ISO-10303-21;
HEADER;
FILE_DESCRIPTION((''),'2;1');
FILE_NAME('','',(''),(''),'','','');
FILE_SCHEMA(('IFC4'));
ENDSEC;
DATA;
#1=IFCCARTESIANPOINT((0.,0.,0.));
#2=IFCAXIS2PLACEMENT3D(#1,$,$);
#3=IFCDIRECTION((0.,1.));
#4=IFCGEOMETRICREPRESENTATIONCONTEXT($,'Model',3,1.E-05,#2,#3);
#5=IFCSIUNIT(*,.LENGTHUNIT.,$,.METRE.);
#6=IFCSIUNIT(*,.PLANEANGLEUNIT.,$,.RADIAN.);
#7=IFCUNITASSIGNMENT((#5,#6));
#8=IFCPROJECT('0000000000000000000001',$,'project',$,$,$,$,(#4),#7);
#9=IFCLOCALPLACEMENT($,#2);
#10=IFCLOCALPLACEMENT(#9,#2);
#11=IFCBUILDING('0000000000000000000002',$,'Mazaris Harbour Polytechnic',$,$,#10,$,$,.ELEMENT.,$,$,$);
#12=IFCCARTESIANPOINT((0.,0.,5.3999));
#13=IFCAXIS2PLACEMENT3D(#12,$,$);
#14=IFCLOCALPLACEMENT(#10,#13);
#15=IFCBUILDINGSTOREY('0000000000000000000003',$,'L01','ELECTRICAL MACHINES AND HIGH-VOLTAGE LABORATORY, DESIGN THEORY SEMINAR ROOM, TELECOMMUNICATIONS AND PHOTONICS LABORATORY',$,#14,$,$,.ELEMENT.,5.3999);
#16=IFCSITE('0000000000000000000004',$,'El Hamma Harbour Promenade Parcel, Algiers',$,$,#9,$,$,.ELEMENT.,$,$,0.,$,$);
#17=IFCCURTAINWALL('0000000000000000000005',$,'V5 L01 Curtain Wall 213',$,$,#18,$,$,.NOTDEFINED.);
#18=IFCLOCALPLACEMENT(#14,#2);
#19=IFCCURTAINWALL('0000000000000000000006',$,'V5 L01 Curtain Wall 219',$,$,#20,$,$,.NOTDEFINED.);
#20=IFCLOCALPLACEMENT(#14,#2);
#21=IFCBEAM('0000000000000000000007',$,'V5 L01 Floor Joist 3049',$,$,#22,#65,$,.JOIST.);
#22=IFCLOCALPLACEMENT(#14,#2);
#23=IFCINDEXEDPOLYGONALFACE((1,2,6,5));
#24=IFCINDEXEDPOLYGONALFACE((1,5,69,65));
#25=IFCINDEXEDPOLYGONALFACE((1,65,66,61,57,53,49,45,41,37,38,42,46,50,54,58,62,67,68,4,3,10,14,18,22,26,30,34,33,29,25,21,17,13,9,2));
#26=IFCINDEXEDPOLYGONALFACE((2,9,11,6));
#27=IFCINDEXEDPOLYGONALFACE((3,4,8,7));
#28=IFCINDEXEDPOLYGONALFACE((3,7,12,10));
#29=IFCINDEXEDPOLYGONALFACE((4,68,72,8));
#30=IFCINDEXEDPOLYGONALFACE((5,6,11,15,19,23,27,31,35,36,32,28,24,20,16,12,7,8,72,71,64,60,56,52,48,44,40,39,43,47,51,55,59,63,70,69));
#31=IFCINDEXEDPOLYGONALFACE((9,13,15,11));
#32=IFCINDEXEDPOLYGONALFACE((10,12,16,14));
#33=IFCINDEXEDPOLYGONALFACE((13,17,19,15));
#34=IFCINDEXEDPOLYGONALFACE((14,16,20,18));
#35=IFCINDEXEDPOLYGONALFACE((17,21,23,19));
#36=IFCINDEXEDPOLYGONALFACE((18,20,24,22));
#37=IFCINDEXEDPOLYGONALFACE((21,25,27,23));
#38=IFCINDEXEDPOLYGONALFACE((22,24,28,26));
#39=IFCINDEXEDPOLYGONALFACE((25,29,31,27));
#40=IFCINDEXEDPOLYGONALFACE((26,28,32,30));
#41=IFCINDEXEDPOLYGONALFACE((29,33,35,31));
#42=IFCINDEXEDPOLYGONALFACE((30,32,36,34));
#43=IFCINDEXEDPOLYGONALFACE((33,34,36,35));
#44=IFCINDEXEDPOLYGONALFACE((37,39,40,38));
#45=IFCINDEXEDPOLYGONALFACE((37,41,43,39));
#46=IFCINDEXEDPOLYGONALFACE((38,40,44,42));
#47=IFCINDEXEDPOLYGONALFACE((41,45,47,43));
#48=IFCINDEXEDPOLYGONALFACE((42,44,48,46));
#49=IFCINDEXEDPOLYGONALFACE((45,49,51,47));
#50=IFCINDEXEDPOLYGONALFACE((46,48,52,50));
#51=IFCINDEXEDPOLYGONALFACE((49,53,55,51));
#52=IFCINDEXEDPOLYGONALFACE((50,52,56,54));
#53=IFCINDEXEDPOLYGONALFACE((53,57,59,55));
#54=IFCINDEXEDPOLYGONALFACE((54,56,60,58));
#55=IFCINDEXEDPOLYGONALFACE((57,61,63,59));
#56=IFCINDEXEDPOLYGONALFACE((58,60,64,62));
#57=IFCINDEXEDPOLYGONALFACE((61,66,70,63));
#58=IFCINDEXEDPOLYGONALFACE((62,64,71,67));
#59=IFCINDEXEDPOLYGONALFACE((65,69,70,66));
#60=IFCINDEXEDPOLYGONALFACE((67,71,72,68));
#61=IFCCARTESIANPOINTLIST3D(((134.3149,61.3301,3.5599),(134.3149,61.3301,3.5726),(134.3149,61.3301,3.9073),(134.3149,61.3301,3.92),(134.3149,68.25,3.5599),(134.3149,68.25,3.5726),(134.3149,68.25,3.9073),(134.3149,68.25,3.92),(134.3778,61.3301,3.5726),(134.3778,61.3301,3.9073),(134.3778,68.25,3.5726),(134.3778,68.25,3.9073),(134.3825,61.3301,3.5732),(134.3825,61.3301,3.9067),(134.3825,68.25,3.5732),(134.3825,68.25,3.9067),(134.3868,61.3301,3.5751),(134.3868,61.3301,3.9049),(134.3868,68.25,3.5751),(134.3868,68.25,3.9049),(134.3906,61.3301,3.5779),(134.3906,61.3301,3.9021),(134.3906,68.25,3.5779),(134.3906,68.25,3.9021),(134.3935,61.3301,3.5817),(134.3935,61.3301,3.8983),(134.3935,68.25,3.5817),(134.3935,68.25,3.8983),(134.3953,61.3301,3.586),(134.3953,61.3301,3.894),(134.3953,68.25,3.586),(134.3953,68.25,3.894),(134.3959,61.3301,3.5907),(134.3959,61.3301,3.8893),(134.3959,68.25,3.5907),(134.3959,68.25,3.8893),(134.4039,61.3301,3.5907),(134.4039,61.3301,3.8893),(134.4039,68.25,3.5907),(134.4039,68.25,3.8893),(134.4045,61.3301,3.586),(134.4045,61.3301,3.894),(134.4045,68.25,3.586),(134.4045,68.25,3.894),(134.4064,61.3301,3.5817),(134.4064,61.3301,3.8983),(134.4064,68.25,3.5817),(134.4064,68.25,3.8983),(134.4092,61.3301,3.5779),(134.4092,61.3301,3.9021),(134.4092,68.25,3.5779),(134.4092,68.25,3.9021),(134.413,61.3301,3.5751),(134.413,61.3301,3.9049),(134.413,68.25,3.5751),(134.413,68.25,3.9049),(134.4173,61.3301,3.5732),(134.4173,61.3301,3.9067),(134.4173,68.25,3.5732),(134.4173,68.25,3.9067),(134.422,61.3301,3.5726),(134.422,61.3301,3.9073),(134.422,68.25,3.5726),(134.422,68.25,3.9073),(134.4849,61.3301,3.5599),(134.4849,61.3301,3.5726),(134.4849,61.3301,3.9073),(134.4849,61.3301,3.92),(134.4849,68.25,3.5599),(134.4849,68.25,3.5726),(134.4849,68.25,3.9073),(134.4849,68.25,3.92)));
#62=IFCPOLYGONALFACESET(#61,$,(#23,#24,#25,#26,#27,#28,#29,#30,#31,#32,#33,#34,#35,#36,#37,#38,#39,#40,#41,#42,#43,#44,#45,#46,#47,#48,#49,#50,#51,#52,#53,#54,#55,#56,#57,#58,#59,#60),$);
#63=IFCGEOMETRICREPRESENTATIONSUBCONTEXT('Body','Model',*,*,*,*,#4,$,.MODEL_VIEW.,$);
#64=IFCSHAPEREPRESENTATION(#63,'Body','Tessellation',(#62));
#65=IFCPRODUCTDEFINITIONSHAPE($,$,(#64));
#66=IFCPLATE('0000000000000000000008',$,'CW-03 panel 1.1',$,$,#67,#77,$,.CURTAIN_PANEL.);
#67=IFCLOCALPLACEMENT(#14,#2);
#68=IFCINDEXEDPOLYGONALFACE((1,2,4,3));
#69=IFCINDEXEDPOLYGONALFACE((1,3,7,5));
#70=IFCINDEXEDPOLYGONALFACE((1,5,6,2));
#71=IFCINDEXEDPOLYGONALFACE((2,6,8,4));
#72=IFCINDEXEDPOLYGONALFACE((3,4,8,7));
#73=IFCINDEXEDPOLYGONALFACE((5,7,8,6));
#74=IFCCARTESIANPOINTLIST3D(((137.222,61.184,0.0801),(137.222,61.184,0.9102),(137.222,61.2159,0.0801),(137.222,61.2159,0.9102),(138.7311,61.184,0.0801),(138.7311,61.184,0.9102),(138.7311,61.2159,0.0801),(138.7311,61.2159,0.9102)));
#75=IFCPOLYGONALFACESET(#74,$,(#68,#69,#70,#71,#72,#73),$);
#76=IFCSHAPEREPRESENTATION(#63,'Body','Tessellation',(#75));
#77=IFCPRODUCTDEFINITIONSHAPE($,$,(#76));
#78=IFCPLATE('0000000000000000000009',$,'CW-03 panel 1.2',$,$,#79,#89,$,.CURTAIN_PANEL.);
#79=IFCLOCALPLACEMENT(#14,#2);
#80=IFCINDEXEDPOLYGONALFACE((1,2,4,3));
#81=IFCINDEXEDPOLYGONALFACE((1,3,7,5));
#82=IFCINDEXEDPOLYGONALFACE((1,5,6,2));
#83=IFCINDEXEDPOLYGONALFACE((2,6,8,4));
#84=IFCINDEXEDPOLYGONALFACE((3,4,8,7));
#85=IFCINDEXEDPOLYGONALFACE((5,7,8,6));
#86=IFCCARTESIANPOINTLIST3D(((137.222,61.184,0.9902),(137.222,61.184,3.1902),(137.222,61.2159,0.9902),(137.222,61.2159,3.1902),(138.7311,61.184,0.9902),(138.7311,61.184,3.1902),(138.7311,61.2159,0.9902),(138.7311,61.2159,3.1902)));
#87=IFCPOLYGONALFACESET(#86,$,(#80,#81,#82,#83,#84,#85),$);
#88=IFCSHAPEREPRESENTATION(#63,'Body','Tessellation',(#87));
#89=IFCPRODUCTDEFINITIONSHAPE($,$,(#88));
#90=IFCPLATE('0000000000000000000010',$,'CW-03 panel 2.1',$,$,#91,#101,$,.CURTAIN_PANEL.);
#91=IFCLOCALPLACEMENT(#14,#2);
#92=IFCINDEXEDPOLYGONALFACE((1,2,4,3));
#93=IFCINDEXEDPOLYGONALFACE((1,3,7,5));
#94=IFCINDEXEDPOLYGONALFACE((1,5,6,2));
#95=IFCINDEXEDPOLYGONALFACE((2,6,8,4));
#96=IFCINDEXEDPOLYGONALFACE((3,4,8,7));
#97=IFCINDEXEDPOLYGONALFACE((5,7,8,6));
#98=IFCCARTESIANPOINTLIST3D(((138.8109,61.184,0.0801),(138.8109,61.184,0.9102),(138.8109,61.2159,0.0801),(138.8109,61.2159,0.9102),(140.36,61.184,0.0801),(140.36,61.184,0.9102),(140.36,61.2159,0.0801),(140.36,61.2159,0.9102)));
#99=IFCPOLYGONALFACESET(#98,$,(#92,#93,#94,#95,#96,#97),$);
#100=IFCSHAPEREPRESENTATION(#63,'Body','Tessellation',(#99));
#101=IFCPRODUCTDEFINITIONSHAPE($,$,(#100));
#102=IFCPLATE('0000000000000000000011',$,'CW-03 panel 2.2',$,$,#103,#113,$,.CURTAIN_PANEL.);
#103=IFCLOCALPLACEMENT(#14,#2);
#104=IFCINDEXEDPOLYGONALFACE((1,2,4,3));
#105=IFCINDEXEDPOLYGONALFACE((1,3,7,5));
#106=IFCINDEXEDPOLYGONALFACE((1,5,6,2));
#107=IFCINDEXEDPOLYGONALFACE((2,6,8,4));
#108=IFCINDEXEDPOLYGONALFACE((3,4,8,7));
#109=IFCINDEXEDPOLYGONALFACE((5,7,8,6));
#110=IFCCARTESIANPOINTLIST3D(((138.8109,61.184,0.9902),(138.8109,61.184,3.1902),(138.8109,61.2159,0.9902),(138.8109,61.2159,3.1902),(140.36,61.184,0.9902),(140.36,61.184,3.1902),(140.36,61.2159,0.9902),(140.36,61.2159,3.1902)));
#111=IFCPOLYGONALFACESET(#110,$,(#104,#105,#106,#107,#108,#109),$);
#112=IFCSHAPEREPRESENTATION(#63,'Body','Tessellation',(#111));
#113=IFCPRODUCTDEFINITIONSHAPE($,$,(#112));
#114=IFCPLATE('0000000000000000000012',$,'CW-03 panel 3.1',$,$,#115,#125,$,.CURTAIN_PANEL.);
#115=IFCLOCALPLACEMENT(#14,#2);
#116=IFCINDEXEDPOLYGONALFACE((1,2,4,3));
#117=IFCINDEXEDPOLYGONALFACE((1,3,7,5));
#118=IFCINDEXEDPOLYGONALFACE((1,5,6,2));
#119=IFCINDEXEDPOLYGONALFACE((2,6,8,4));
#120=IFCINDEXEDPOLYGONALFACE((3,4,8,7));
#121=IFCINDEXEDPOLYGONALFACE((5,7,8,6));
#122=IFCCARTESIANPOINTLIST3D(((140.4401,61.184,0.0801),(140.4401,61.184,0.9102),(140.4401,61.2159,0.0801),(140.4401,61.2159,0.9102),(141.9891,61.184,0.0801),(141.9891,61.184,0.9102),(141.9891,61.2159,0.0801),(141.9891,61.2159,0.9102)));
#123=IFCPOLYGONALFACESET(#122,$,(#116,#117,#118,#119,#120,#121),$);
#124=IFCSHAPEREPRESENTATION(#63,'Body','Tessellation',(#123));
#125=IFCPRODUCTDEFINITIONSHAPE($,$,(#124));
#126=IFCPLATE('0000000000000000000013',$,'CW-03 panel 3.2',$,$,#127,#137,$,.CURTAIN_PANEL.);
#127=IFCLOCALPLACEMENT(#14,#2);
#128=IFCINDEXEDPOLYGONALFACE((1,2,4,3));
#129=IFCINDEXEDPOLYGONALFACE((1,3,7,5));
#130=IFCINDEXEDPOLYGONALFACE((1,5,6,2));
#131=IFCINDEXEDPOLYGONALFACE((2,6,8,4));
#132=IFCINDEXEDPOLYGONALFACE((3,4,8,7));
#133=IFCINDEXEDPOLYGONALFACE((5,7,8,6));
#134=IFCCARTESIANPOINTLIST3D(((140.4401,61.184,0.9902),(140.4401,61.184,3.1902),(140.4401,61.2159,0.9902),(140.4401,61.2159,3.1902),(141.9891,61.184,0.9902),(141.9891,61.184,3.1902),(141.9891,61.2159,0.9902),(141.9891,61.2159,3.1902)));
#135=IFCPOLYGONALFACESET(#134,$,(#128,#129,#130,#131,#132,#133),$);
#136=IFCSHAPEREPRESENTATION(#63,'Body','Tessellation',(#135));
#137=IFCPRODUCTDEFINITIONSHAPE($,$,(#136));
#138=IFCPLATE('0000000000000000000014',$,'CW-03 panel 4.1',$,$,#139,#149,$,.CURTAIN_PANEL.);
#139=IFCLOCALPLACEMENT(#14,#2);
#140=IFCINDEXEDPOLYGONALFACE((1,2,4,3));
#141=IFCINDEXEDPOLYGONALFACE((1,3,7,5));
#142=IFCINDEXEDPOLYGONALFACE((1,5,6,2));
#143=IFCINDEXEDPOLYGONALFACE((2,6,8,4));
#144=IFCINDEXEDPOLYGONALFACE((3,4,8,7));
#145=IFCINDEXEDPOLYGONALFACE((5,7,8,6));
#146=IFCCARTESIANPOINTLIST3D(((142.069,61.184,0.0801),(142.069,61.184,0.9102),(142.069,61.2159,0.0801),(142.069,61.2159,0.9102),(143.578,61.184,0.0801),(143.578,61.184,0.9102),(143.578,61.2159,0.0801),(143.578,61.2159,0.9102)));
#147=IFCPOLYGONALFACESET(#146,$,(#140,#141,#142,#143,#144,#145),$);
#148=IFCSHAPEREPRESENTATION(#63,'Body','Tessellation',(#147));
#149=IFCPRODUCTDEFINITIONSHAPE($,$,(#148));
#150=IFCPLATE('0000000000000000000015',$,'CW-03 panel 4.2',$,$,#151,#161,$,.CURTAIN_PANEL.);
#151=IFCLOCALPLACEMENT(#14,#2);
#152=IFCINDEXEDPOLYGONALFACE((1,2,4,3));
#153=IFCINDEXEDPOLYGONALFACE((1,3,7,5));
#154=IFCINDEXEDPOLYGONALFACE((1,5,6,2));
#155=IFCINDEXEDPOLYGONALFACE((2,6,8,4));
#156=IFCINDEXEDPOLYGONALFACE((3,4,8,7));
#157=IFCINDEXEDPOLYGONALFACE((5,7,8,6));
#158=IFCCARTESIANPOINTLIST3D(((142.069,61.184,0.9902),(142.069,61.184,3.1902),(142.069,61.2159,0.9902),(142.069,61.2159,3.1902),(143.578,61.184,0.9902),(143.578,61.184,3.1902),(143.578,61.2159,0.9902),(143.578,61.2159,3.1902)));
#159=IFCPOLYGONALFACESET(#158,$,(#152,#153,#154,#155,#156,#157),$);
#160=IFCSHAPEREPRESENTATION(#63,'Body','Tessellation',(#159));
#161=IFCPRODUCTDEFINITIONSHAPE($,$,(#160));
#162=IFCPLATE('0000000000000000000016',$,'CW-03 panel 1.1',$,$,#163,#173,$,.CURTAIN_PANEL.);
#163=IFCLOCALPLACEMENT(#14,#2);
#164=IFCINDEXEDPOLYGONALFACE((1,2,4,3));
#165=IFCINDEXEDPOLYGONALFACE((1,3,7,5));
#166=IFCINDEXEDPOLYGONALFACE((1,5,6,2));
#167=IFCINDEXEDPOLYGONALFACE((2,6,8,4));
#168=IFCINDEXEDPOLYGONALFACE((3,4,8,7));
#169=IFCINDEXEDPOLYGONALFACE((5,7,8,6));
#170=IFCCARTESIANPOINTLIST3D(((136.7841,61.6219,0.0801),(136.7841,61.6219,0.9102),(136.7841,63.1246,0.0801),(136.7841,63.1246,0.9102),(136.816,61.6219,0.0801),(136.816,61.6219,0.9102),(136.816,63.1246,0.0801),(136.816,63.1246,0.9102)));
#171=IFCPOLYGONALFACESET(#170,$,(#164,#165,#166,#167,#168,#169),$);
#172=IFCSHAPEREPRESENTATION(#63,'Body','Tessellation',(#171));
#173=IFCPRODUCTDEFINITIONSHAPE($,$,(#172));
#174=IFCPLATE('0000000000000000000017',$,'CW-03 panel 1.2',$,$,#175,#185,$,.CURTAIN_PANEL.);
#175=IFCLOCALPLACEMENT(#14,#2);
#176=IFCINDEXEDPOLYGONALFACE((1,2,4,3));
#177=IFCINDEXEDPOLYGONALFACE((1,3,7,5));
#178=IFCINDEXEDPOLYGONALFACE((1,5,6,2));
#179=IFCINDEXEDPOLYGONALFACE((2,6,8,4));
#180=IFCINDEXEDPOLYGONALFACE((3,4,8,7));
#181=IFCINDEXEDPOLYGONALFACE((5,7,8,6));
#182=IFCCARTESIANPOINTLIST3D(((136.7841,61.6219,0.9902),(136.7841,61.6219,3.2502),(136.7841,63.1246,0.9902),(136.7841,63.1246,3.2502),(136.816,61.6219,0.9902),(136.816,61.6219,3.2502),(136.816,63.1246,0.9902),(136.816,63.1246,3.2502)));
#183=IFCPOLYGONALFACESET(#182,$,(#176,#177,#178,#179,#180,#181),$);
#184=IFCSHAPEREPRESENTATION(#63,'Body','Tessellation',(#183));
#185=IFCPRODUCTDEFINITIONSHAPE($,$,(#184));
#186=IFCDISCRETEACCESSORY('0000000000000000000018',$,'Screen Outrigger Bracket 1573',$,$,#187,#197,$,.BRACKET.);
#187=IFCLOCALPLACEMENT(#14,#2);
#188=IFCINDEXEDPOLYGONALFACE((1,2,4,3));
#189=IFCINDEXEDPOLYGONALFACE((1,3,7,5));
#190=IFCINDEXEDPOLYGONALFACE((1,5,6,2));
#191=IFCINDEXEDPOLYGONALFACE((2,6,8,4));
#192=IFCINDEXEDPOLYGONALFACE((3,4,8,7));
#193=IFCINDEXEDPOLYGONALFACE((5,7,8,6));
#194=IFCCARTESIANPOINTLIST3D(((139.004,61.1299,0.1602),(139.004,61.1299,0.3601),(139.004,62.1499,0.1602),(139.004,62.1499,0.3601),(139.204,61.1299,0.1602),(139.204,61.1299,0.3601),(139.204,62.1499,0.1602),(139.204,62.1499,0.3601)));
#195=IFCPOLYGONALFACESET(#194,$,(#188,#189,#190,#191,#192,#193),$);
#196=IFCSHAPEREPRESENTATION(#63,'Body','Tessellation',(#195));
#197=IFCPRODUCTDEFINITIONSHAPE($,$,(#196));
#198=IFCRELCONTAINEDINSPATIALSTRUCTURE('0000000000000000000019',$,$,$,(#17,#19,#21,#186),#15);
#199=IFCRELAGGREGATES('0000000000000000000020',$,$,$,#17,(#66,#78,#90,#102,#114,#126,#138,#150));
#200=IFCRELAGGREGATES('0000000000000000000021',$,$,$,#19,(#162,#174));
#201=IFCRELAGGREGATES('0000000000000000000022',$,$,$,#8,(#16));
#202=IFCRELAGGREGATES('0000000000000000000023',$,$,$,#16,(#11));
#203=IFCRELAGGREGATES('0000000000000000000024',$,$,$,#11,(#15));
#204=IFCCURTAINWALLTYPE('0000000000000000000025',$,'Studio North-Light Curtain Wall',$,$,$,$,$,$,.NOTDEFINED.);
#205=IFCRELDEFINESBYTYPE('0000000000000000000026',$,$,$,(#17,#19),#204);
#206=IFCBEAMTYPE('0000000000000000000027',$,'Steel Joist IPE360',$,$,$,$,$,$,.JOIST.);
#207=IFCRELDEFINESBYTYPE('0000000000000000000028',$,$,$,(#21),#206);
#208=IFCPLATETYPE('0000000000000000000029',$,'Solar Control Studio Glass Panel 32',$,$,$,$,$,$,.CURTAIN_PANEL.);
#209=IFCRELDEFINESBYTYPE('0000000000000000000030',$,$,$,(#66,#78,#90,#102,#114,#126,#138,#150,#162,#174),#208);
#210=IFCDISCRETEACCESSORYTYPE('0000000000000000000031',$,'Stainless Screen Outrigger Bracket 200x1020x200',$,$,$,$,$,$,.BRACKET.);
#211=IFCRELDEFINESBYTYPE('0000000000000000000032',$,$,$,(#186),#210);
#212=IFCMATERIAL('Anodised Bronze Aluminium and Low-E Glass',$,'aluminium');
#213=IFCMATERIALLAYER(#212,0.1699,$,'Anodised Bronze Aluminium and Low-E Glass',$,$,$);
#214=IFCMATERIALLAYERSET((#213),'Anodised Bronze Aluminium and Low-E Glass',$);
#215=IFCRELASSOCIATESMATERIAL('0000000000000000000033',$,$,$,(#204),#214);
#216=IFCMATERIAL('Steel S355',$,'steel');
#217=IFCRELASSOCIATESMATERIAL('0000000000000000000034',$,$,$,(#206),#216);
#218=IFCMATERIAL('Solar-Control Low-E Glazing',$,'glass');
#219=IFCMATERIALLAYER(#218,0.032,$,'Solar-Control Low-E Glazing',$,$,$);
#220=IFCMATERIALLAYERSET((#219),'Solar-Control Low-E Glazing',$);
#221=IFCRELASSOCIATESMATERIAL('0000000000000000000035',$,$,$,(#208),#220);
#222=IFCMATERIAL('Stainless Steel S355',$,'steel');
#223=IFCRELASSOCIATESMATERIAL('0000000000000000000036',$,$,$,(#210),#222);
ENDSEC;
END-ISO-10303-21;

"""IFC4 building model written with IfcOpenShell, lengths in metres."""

from ifc_helpers import new_model, si_unit, direction, frame, origin, origin_2d, place, context, subcontext, project, spatial, rectangle, i_section, extrude, material, layer, layer_set, material_profile, profile_set, type_object, element, aggregate, save


model = new_model("IFC4")

# Units and contexts
model_context = context("Model", 3, precision=1e-05, world=origin(), true_north=direction((0.0, 1.0)))
body_context = subcontext(model_context, "Body", "Model", "MODEL_VIEW")
ifc_project = project(units=[si_unit("LENGTHUNIT", "METRE"), si_unit("PLANEANGLEUNIT", "RADIAN")], contexts=[model_context])

# Site, building, storey
site_placement = place(None, origin())
site = spatial("IfcSite", under=ifc_project, at=site_placement, Name="El Hamma Harbour Promenade Parcel, Algiers", CompositionType="ELEMENT", RefElevation=0.0)
building_placement = place(site_placement, origin())
building = spatial("IfcBuilding", under=site, at=building_placement, Name="Mazaris Harbour Polytechnic", CompositionType="ELEMENT")
storey_placement = place(building_placement, frame((0.0, 0.0, 5.3999)))
storey = spatial("IfcBuildingStorey", under=building, at=storey_placement, Name="L01", Description="ELECTRICAL MACHINES AND HIGH-VOLTAGE LABORATORY, DESIGN THEORY SEMINAR ROOM, TELECOMMUNICATIONS AND PHOTONICS LABORATORY", CompositionType="ELEMENT", Elevation=5.3999)

# Curtain wall
ifc_material_1 = material(Name="Anodised Bronze Aluminium and Low-E Glass", Category="aluminium")
ifc_layer_1 = layer(ifc_material_1, 0.1699, Name="Anodised Bronze Aluminium and Low-E Glass")
ifc_layer_set_1 = layer_set([ifc_layer_1], Name="Anodised Bronze Aluminium and Low-E Glass")
curtain_wall_type = type_object("IfcCurtainWallType", Name="Studio North-Light Curtain Wall", PredefinedType="NOTDEFINED", material=ifc_layer_set_1)
curtain_wall_1_placement = place(storey_placement, origin())
curtain_wall_1 = element("IfcCurtainWall", 1, at=curtain_wall_1_placement, inside=storey, type_object=curtain_wall_type, Name="V5 L01 Curtain Wall 213", PredefinedType="NOTDEFINED")

# Curtain wall
curtain_wall_2_placement = place(storey_placement, origin())
curtain_wall_2 = element("IfcCurtainWall", 2, at=curtain_wall_2_placement, inside=storey, type_object=curtain_wall_type, Name="V5 L01 Curtain Wall 219", PredefinedType="NOTDEFINED")

# Beam
ifc_material_2 = material(Name="Steel S355", Category="steel")
ifc_material_profile_1 = material_profile(ifc_material_2, i_section(OverallWidth=0.1699, OverallDepth=0.3601, WebThickness=0.0081, FlangeThickness=0.0127, FilletRadius=0.0181, at=origin_2d()), Name="IPE 360")
ifc_profile_set_1 = profile_set([ifc_material_profile_1], Name="Steel S355")
beam_type = type_object("IfcBeamType", Name="Steel Joist IPE360", PredefinedType="JOIST", material=ifc_profile_set_1)
beam_placement = place(storey_placement, frame((134.3999, 61.3301, 3.74), z_axis=(0.0, 1.0, 0.0), x_axis=(-1.0, 0.0, 0.0)))
element("IfcBeam", 3, at=beam_placement, inside=storey, type_object=beam_type, Name="V5 L01 Floor Joist 3049", PredefinedType="JOIST", context=body_context, shape_type="SweptSolid", body=[
    extrude(i_section(OverallWidth=0.1699, OverallDepth=0.3601, WebThickness=0.0081, FlangeThickness=0.0127, FilletRadius=0.0181, at=origin_2d()), origin(), (0.0, 0.0, 1.0), 6.9199),
])

# Plates
ifc_material_3 = material(Name="Solar-Control Low-E Glazing", Category="glass")
ifc_layer_2 = layer(ifc_material_3, 0.032, Name="Solar-Control Low-E Glazing")
ifc_layer_set_2 = layer_set([ifc_layer_2], Name="Solar-Control Low-E Glazing")
plate_type = type_object("IfcPlateType", Name="Solar Control Studio Glass Panel 32", PredefinedType="CURTAIN_PANEL", material=ifc_layer_set_2)
plate_1_placement = place(storey_placement, frame((137.9766, 61.2, 0.0801), z_axis=(0.0, 0.0, 1.0), x_axis=(1.0, 0.0, 0.0)))
plate_1 = element("IfcPlate", 4, at=plate_1_placement, type_object=plate_type, Name="CW-03 panel 1.1", PredefinedType="CURTAIN_PANEL", context=body_context, shape_type="SweptSolid", body=[
    extrude(rectangle(XDim=1.509, YDim=0.032, at=origin_2d()), origin(), (0.0, 0.0, 1.0), 0.8301),
])
plate_2_placement = place(storey_placement, frame((137.9766, 61.2, 0.9902), z_axis=(0.0, 0.0, 1.0), x_axis=(1.0, 0.0, 0.0)))
plate_2 = element("IfcPlate", 5, at=plate_2_placement, type_object=plate_type, Name="CW-03 panel 1.2", PredefinedType="CURTAIN_PANEL", context=body_context, shape_type="SweptSolid", body=[
    extrude(rectangle(XDim=1.509, YDim=0.032, at=origin_2d()), origin(), (0.0, 0.0, 1.0), 2.2),
])
plate_3_placement = place(storey_placement, frame((139.5854, 61.2, 0.0801), z_axis=(0.0, 0.0, 1.0), x_axis=(1.0, 0.0, 0.0)))
plate_3 = element("IfcPlate", 6, at=plate_3_placement, type_object=plate_type, Name="CW-03 panel 2.1", PredefinedType="CURTAIN_PANEL", context=body_context, shape_type="SweptSolid", body=[
    extrude(rectangle(XDim=1.5491, YDim=0.032, at=origin_2d()), origin(), (0.0, 0.0, 1.0), 0.8301),
])
plate_4_placement = place(storey_placement, frame((139.5854, 61.2, 0.9902), z_axis=(0.0, 0.0, 1.0), x_axis=(1.0, 0.0, 0.0)))
plate_4 = element("IfcPlate", 7, at=plate_4_placement, type_object=plate_type, Name="CW-03 panel 2.2", PredefinedType="CURTAIN_PANEL", context=body_context, shape_type="SweptSolid", body=[
    extrude(rectangle(XDim=1.5491, YDim=0.032, at=origin_2d()), origin(), (0.0, 0.0, 1.0), 2.2),
])
plate_5_placement = place(storey_placement, frame((141.2146, 61.2, 0.0801), z_axis=(0.0, 0.0, 1.0), x_axis=(1.0, 0.0, 0.0)))
plate_5 = element("IfcPlate", 8, at=plate_5_placement, type_object=plate_type, Name="CW-03 panel 3.1", PredefinedType="CURTAIN_PANEL", context=body_context, shape_type="SweptSolid", body=[
    extrude(rectangle(XDim=1.5491, YDim=0.032, at=origin_2d()), origin(), (0.0, 0.0, 1.0), 0.8301),
])
plate_6_placement = place(storey_placement, frame((141.2146, 61.2, 0.9902), z_axis=(0.0, 0.0, 1.0), x_axis=(1.0, 0.0, 0.0)))
plate_6 = element("IfcPlate", 9, at=plate_6_placement, type_object=plate_type, Name="CW-03 panel 3.2", PredefinedType="CURTAIN_PANEL", context=body_context, shape_type="SweptSolid", body=[
    extrude(rectangle(XDim=1.5491, YDim=0.032, at=origin_2d()), origin(), (0.0, 0.0, 1.0), 2.2),
])
plate_7_placement = place(storey_placement, frame((142.8235, 61.2, 0.0801), z_axis=(0.0, 0.0, 1.0), x_axis=(1.0, 0.0, 0.0)))
plate_7 = element("IfcPlate", 10, at=plate_7_placement, type_object=plate_type, Name="CW-03 panel 4.1", PredefinedType="CURTAIN_PANEL", context=body_context, shape_type="SweptSolid", body=[
    extrude(rectangle(XDim=1.509, YDim=0.032, at=origin_2d()), origin(), (0.0, 0.0, 1.0), 0.8301),
])
plate_8_placement = place(storey_placement, frame((142.8235, 61.2, 0.9902), z_axis=(0.0, 0.0, 1.0), x_axis=(1.0, 0.0, 0.0)))
plate_8 = element("IfcPlate", 11, at=plate_8_placement, type_object=plate_type, Name="CW-03 panel 4.2", PredefinedType="CURTAIN_PANEL", context=body_context, shape_type="SweptSolid", body=[
    extrude(rectangle(XDim=1.509, YDim=0.032, at=origin_2d()), origin(), (0.0, 0.0, 1.0), 2.2),
])
aggregate(curtain_wall_1, [plate_1, plate_2, plate_3, plate_4, plate_5, plate_6, plate_7, plate_8])
plate_9_placement = place(storey_placement, frame((136.8, 62.3733, 0.0801), z_axis=(0.0, 0.0, 1.0), x_axis=(0.0, 1.0, 0.0)))
plate_9 = element("IfcPlate", 12, at=plate_9_placement, type_object=plate_type, Name="CW-03 panel 1.1", PredefinedType="CURTAIN_PANEL", context=body_context, shape_type="SweptSolid", body=[
    extrude(rectangle(XDim=1.5027, YDim=0.032, at=origin_2d()), origin(), (0.0, 0.0, 1.0), 0.8301),
])
plate_10_placement = place(storey_placement, frame((136.8, 62.3733, 0.9902), z_axis=(0.0, 0.0, 1.0), x_axis=(0.0, 1.0, 0.0)))
plate_10 = element("IfcPlate", 13, at=plate_10_placement, type_object=plate_type, Name="CW-03 panel 1.2", PredefinedType="CURTAIN_PANEL", context=body_context, shape_type="SweptSolid", body=[
    extrude(rectangle(XDim=1.5027, YDim=0.032, at=origin_2d()), origin(), (0.0, 0.0, 1.0), 2.26),
])
aggregate(curtain_wall_2, [plate_9, plate_10])

# Discrete accessory
ifc_material_4 = material(Name="Stainless Steel S355", Category="steel")
discrete_accessory_type = type_object("IfcDiscreteAccessoryType", Name="Stainless Screen Outrigger Bracket 200x1020x200", PredefinedType="BRACKET", material=ifc_material_4)
for number, where, z_axis, x_axis, name in (
    (14, (139.104, 61.6399, 0.1602), (0.0, 0.0, 1.0), (1.0, 0.0, 0.0), "Screen Outrigger Bracket 1573"),
):
    element("IfcDiscreteAccessory", number, at=place(storey_placement, frame(where, z_axis=z_axis, x_axis=x_axis)), inside=storey, type_object=discrete_accessory_type, Name=name, PredefinedType="BRACKET", context=body_context, shape_type="SweptSolid", body=[
        extrude(rectangle(XDim=0.2, YDim=1.02, at=origin_2d()), origin(), (0.0, 0.0, 1.0), 0.2),
    ])

save(model, "model.ifc")
